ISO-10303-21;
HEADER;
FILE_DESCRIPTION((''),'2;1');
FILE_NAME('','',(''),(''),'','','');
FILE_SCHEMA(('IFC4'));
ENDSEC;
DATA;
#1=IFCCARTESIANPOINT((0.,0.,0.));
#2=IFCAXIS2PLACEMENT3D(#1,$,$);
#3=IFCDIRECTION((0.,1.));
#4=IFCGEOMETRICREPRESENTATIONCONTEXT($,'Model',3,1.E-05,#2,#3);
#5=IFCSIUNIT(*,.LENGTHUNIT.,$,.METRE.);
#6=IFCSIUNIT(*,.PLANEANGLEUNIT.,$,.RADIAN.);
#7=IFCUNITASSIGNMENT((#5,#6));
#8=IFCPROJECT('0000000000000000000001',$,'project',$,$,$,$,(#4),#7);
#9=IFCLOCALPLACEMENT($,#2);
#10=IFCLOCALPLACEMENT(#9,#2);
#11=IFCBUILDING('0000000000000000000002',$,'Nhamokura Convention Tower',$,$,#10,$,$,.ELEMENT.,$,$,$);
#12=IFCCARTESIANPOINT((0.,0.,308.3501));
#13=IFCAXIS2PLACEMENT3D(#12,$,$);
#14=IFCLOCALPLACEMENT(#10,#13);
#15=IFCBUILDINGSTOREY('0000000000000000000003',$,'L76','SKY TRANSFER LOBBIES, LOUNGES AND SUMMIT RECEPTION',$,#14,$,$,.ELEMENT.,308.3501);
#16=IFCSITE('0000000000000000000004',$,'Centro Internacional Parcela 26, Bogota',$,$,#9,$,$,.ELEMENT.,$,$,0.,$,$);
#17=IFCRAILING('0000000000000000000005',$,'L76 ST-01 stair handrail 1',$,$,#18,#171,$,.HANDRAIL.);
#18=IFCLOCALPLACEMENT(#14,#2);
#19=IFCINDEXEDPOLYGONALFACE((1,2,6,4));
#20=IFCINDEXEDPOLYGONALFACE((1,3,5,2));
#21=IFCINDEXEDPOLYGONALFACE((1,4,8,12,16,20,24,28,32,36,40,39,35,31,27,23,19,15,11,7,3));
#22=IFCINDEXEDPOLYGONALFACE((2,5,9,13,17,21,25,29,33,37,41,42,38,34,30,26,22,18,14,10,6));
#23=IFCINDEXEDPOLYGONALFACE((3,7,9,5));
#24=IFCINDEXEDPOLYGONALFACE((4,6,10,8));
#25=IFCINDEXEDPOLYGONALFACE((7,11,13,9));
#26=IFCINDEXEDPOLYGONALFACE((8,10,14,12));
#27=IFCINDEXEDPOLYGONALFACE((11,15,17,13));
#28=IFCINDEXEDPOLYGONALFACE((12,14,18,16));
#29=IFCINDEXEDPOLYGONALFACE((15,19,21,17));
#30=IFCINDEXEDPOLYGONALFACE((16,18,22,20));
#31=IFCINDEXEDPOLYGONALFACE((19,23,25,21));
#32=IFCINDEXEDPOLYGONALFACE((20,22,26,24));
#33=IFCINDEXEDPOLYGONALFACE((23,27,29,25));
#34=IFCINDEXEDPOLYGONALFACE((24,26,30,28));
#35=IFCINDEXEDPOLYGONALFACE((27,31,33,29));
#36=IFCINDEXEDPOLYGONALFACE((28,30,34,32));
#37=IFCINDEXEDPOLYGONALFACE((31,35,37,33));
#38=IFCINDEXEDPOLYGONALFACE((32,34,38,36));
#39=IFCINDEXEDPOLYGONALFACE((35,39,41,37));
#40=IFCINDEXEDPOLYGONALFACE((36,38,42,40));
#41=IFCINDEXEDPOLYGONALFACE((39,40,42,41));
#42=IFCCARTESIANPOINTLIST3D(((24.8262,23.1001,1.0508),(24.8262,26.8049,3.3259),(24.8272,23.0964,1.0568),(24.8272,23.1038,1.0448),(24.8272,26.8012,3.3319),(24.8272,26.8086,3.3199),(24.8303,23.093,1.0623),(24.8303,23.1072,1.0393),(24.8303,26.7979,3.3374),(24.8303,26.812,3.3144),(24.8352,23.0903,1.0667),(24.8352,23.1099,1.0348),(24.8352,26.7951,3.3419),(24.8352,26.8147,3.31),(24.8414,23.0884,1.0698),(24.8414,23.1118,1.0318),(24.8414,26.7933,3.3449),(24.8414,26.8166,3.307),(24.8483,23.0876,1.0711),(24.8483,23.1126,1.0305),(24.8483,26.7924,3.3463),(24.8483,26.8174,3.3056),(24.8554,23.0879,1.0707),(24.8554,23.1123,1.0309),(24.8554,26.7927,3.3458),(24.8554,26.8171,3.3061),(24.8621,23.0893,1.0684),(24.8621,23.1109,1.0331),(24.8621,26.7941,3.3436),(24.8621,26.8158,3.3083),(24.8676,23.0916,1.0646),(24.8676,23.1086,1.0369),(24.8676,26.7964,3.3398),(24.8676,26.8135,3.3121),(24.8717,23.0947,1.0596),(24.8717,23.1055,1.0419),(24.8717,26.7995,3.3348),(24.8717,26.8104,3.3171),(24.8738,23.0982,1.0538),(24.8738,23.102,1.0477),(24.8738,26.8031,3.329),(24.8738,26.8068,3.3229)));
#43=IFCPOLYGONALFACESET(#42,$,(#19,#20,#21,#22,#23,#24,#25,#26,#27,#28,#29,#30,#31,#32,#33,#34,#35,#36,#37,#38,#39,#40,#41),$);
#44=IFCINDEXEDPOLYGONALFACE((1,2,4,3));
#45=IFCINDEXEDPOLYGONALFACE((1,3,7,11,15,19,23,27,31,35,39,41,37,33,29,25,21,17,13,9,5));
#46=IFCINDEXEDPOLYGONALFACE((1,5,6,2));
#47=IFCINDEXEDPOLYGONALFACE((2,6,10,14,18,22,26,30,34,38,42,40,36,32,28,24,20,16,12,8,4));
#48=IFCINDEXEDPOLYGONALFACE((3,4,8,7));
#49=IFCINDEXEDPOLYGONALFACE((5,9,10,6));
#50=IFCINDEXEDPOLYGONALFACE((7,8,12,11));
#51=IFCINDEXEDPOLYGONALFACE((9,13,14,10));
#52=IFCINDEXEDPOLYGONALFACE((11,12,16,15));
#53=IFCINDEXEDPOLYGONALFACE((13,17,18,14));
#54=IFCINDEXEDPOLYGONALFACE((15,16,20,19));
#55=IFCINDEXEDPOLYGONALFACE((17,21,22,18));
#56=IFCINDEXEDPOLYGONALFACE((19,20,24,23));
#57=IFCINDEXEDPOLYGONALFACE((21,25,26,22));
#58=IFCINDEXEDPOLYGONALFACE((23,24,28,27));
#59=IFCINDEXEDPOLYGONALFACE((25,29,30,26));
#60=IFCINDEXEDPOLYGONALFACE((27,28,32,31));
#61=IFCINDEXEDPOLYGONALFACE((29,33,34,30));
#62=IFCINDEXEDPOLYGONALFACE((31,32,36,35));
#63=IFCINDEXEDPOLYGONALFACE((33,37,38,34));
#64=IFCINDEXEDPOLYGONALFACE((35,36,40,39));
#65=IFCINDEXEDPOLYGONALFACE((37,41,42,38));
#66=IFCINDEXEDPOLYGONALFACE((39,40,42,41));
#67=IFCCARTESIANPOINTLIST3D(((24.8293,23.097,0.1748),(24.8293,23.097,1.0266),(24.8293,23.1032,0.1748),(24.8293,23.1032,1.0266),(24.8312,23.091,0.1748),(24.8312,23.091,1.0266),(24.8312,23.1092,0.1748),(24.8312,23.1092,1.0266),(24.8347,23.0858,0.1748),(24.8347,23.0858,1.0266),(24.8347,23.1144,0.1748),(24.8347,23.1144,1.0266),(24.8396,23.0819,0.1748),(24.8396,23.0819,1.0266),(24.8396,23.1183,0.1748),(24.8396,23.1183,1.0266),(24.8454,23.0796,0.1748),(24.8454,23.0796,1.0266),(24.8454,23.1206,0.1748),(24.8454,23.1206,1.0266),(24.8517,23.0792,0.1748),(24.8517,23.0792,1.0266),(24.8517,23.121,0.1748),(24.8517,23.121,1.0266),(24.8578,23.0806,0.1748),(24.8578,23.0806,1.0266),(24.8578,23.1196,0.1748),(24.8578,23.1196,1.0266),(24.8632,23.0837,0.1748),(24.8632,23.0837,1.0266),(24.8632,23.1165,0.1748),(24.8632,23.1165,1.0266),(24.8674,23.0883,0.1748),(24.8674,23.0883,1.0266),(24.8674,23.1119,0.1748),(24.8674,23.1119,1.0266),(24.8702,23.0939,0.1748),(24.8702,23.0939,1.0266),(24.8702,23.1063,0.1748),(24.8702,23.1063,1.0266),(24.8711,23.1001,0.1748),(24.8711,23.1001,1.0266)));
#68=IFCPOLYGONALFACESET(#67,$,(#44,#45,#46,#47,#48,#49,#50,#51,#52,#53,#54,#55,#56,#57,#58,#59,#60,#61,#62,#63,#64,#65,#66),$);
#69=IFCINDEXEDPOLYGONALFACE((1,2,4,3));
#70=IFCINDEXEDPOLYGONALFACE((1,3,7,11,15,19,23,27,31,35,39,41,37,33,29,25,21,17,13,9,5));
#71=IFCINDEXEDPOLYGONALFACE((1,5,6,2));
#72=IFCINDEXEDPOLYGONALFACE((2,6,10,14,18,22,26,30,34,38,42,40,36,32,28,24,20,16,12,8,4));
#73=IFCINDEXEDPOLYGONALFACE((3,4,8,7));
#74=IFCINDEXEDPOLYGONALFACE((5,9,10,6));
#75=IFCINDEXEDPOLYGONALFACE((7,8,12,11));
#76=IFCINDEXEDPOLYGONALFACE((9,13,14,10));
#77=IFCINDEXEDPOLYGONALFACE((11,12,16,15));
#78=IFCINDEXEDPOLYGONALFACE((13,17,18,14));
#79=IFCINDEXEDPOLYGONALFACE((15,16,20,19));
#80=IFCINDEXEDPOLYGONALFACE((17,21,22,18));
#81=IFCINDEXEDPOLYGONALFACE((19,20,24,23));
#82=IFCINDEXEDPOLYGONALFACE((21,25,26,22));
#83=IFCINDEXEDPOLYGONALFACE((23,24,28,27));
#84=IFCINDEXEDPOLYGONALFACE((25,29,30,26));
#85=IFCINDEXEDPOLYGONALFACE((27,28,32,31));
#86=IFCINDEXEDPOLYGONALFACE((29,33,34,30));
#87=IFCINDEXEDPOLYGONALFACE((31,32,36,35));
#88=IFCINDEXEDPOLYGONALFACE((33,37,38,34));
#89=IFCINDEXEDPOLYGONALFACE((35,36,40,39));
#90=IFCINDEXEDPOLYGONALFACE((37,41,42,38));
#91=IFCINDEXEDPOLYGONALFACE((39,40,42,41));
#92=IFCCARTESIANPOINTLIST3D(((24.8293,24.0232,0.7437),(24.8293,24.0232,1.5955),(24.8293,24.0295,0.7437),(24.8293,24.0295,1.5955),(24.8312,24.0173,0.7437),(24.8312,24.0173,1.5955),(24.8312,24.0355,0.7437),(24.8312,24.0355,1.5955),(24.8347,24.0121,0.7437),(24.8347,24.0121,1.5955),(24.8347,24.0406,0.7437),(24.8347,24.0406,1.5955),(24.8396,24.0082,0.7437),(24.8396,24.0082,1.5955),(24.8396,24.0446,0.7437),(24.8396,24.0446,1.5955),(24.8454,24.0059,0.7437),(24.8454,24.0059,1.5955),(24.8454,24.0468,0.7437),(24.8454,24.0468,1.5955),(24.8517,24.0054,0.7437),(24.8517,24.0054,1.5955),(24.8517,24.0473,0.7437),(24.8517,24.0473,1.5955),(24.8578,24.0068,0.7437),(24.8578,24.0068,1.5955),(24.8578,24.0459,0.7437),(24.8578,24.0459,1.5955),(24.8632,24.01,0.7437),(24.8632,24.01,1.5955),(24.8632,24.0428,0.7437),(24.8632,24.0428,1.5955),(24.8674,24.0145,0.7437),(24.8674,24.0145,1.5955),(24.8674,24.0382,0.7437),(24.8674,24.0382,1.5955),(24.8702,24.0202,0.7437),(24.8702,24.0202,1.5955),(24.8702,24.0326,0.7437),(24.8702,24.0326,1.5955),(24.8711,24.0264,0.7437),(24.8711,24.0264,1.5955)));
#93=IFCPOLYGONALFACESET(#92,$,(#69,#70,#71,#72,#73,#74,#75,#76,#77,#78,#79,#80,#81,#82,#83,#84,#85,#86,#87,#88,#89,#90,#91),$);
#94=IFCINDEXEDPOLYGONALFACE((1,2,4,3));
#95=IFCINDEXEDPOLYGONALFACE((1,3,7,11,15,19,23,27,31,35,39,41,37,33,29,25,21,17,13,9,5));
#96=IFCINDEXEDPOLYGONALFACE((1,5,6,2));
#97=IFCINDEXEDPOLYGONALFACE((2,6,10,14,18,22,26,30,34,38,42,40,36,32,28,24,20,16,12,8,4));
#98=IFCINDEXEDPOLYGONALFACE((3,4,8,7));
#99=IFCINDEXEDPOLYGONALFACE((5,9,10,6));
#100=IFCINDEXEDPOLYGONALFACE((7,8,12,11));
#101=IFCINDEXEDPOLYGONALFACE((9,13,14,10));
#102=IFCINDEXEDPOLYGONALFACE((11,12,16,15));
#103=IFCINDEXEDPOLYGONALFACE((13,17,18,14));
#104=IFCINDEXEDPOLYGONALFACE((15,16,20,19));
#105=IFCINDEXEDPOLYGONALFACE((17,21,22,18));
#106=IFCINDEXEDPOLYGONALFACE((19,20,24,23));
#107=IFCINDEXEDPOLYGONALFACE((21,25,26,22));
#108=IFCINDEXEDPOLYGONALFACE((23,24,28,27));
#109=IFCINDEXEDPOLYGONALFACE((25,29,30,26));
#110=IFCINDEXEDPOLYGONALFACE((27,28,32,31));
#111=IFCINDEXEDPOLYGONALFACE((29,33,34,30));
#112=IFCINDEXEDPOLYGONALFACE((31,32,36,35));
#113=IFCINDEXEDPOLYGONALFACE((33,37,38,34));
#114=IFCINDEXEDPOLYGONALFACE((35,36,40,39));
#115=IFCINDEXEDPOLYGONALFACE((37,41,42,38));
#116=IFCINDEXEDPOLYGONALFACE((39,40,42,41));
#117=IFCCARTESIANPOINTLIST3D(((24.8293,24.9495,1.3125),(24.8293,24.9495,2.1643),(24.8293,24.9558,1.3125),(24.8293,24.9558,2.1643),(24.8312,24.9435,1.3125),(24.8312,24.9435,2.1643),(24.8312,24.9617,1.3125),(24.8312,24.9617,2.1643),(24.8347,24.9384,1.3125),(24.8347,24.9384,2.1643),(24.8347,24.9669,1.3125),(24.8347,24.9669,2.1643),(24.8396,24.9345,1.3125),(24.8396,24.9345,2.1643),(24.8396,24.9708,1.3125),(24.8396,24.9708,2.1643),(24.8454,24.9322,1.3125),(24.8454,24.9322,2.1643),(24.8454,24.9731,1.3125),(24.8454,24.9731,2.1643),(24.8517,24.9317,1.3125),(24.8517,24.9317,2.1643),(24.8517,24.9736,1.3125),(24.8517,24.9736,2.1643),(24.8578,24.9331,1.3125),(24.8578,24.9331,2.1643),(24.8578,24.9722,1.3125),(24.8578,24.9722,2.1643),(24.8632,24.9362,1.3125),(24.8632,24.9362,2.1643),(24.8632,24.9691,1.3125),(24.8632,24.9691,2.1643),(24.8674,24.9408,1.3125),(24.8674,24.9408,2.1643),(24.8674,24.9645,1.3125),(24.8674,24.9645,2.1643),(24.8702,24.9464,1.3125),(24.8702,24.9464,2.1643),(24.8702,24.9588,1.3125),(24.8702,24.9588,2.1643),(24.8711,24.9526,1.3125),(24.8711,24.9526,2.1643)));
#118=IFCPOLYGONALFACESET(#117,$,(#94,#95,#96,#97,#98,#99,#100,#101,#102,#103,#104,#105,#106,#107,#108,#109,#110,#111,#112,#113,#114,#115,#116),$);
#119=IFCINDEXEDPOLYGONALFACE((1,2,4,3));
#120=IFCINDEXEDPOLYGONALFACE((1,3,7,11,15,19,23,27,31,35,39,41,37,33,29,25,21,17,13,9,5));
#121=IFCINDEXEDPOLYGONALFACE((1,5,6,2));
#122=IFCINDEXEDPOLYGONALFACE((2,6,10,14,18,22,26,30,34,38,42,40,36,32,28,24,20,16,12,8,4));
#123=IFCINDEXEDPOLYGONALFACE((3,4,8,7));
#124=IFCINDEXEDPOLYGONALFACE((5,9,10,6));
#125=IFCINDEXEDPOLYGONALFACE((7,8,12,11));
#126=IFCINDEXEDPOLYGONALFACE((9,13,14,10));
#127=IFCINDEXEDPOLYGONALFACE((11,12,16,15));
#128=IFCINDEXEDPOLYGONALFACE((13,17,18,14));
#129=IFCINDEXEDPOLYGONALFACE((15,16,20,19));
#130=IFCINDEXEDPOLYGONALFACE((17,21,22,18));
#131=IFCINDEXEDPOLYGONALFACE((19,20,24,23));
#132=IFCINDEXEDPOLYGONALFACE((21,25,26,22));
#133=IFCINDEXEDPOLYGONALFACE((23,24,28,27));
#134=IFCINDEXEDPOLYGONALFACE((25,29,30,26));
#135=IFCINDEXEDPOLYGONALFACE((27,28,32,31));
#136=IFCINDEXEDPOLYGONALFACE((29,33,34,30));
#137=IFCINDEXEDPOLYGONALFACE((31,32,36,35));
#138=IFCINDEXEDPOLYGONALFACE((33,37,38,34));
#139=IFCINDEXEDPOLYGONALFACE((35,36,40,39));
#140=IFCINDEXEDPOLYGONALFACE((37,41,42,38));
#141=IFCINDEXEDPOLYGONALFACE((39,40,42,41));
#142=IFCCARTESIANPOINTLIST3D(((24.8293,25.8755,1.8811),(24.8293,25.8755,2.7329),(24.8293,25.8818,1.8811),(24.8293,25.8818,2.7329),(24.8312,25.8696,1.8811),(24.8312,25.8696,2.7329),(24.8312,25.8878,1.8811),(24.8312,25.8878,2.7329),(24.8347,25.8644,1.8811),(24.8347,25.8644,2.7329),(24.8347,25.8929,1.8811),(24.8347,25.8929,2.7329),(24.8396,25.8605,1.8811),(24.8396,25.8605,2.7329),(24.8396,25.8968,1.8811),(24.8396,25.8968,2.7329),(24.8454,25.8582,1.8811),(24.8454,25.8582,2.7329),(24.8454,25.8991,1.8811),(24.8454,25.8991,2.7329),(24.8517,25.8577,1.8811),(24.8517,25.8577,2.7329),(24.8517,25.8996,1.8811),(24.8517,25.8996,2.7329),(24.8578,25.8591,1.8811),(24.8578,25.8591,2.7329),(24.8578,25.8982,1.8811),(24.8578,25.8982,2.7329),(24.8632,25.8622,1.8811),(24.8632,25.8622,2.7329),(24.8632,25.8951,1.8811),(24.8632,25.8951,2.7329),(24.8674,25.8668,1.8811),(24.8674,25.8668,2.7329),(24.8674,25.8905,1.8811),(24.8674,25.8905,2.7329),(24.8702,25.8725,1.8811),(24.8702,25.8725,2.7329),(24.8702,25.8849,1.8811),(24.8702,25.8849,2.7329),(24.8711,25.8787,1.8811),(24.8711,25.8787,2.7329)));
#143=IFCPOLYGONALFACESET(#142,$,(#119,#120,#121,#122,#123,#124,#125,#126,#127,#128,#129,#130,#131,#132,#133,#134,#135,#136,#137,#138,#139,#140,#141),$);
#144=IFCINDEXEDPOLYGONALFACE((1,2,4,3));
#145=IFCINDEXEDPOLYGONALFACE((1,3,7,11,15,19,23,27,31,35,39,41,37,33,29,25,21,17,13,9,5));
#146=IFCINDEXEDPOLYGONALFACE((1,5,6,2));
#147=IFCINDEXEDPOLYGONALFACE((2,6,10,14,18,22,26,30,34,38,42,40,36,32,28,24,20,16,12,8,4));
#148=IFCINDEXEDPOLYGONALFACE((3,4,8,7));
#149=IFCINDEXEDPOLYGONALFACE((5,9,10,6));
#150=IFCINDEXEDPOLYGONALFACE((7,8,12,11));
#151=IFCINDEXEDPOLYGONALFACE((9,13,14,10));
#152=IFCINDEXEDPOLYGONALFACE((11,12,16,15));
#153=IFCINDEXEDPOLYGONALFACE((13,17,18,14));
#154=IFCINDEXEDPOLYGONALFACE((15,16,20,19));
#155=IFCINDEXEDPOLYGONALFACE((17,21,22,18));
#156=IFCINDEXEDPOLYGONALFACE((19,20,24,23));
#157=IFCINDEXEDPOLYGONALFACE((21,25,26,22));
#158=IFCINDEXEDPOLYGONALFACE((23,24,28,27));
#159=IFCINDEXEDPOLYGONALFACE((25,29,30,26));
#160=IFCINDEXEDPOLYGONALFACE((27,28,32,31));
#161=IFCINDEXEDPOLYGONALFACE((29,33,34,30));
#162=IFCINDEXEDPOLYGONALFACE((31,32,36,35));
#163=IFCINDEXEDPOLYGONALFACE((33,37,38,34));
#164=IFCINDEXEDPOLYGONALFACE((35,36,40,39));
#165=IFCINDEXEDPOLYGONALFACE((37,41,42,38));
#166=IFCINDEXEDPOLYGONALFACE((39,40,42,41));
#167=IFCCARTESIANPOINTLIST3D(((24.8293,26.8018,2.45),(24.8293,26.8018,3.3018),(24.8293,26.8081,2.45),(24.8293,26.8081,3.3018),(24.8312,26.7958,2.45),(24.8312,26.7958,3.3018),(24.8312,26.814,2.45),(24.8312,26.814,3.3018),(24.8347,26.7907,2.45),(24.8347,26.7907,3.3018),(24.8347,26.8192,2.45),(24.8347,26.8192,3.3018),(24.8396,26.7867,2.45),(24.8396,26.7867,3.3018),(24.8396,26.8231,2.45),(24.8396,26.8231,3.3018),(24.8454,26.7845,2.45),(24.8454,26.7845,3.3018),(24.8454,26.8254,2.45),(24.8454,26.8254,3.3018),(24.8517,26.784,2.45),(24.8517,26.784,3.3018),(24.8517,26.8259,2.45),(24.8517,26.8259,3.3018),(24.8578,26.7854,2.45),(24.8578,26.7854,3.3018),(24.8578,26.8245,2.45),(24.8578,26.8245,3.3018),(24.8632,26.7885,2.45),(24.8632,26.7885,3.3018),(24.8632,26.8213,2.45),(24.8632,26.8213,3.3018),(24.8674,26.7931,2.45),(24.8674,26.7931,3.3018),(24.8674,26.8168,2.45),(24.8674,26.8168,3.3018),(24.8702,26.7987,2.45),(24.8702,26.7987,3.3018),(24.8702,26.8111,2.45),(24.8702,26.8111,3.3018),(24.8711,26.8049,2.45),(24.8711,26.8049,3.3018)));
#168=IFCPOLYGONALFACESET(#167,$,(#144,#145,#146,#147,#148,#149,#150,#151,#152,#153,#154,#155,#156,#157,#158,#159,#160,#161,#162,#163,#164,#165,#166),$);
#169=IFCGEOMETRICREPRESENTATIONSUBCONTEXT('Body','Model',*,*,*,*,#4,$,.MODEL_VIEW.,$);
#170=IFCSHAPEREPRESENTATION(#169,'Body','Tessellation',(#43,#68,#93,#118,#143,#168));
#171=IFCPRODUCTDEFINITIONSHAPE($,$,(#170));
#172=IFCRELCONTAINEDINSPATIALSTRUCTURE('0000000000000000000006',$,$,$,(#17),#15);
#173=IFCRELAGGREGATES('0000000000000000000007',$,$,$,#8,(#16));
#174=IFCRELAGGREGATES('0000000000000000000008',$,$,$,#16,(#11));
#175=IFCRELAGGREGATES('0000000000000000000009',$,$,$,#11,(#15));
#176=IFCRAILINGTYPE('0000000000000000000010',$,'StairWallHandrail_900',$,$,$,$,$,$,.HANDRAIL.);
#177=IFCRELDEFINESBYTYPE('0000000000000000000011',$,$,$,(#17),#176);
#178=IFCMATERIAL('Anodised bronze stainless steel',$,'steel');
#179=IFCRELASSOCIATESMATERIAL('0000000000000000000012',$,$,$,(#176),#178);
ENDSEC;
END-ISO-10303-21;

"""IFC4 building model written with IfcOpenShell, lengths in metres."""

from ifc_helpers import new_model, si_unit, direction, frame, origin, origin_2d, place, context, subcontext, project, spatial, circle, extrude, material, type_object, element, save


model = new_model("IFC4")

# Units and contexts
model_context = context("Model", 3, precision=1e-05, world=origin(), true_north=direction((0.0, 1.0)))
body_context = subcontext(model_context, "Body", "Model", "MODEL_VIEW")
ifc_project = project(units=[si_unit("LENGTHUNIT", "METRE"), si_unit("PLANEANGLEUNIT", "RADIAN")], contexts=[model_context])

# Site, building, storey
site_placement = place(None, origin())
site = spatial("IfcSite", under=ifc_project, at=site_placement, Name="Centro Internacional Parcela 26, Bogota", CompositionType="ELEMENT", RefElevation=0.0)
building_placement = place(site_placement, origin())
building = spatial("IfcBuilding", under=site, at=building_placement, Name="Nhamokura Convention Tower", CompositionType="ELEMENT")
storey_placement = place(building_placement, frame((0.0, 0.0, 308.3501)))
storey = spatial("IfcBuildingStorey", under=building, at=storey_placement, Name="L76", Description="SKY TRANSFER LOBBIES, LOUNGES AND SUMMIT RECEPTION", CompositionType="ELEMENT", Elevation=308.3501)

# Railing
ifc_material_1 = material(Name="Anodised bronze stainless steel", Category="steel")
railing_type_1 = type_object("IfcRailingType", Name="StairWallHandrail_900", PredefinedType="HANDRAIL", material=ifc_material_1)
railing_1_placement = place(storey_placement, frame((24.8501, 23.1001, 0.1748)))
element("IfcRailing", 1, at=railing_1_placement, inside=storey, type_object=railing_type_1, Name="L76 ST-01 stair handrail 1", PredefinedType="HANDRAIL", context=body_context, shape_type="SweptSolid", body=[
    extrude(circle(Radius=0.0239, at=origin_2d()), frame((0.0, 0.0, 0.876), z_axis=(0.0, 0.852146, 0.523305), x_axis=(-1.0, 0.0, 0.0)), (0.0, 0.0, 1.0), 4.3477),
    extrude(circle(Radius=0.021, at=origin_2d()), origin(), (0.0, 0.0, 1.0), 0.8518),
    extrude(circle(Radius=0.021, at=origin_2d()), frame((0.0, 0.9263, 0.5688)), (0.0, 0.0, 1.0), 0.8518),
    extrude(circle(Radius=0.021, at=origin_2d()), frame((0.0, 1.8525, 1.1377)), (0.0, 0.0, 1.0), 0.8518),
    extrude(circle(Radius=0.021, at=origin_2d()), frame((0.0, 2.7786, 1.7063)), (0.0, 0.0, 1.0), 0.8518),
    extrude(circle(Radius=0.021, at=origin_2d()), frame((0.0, 3.7048, 2.2751)), (0.0, 0.0, 1.0), 0.8518),
])

save(model, "model.ifc")
